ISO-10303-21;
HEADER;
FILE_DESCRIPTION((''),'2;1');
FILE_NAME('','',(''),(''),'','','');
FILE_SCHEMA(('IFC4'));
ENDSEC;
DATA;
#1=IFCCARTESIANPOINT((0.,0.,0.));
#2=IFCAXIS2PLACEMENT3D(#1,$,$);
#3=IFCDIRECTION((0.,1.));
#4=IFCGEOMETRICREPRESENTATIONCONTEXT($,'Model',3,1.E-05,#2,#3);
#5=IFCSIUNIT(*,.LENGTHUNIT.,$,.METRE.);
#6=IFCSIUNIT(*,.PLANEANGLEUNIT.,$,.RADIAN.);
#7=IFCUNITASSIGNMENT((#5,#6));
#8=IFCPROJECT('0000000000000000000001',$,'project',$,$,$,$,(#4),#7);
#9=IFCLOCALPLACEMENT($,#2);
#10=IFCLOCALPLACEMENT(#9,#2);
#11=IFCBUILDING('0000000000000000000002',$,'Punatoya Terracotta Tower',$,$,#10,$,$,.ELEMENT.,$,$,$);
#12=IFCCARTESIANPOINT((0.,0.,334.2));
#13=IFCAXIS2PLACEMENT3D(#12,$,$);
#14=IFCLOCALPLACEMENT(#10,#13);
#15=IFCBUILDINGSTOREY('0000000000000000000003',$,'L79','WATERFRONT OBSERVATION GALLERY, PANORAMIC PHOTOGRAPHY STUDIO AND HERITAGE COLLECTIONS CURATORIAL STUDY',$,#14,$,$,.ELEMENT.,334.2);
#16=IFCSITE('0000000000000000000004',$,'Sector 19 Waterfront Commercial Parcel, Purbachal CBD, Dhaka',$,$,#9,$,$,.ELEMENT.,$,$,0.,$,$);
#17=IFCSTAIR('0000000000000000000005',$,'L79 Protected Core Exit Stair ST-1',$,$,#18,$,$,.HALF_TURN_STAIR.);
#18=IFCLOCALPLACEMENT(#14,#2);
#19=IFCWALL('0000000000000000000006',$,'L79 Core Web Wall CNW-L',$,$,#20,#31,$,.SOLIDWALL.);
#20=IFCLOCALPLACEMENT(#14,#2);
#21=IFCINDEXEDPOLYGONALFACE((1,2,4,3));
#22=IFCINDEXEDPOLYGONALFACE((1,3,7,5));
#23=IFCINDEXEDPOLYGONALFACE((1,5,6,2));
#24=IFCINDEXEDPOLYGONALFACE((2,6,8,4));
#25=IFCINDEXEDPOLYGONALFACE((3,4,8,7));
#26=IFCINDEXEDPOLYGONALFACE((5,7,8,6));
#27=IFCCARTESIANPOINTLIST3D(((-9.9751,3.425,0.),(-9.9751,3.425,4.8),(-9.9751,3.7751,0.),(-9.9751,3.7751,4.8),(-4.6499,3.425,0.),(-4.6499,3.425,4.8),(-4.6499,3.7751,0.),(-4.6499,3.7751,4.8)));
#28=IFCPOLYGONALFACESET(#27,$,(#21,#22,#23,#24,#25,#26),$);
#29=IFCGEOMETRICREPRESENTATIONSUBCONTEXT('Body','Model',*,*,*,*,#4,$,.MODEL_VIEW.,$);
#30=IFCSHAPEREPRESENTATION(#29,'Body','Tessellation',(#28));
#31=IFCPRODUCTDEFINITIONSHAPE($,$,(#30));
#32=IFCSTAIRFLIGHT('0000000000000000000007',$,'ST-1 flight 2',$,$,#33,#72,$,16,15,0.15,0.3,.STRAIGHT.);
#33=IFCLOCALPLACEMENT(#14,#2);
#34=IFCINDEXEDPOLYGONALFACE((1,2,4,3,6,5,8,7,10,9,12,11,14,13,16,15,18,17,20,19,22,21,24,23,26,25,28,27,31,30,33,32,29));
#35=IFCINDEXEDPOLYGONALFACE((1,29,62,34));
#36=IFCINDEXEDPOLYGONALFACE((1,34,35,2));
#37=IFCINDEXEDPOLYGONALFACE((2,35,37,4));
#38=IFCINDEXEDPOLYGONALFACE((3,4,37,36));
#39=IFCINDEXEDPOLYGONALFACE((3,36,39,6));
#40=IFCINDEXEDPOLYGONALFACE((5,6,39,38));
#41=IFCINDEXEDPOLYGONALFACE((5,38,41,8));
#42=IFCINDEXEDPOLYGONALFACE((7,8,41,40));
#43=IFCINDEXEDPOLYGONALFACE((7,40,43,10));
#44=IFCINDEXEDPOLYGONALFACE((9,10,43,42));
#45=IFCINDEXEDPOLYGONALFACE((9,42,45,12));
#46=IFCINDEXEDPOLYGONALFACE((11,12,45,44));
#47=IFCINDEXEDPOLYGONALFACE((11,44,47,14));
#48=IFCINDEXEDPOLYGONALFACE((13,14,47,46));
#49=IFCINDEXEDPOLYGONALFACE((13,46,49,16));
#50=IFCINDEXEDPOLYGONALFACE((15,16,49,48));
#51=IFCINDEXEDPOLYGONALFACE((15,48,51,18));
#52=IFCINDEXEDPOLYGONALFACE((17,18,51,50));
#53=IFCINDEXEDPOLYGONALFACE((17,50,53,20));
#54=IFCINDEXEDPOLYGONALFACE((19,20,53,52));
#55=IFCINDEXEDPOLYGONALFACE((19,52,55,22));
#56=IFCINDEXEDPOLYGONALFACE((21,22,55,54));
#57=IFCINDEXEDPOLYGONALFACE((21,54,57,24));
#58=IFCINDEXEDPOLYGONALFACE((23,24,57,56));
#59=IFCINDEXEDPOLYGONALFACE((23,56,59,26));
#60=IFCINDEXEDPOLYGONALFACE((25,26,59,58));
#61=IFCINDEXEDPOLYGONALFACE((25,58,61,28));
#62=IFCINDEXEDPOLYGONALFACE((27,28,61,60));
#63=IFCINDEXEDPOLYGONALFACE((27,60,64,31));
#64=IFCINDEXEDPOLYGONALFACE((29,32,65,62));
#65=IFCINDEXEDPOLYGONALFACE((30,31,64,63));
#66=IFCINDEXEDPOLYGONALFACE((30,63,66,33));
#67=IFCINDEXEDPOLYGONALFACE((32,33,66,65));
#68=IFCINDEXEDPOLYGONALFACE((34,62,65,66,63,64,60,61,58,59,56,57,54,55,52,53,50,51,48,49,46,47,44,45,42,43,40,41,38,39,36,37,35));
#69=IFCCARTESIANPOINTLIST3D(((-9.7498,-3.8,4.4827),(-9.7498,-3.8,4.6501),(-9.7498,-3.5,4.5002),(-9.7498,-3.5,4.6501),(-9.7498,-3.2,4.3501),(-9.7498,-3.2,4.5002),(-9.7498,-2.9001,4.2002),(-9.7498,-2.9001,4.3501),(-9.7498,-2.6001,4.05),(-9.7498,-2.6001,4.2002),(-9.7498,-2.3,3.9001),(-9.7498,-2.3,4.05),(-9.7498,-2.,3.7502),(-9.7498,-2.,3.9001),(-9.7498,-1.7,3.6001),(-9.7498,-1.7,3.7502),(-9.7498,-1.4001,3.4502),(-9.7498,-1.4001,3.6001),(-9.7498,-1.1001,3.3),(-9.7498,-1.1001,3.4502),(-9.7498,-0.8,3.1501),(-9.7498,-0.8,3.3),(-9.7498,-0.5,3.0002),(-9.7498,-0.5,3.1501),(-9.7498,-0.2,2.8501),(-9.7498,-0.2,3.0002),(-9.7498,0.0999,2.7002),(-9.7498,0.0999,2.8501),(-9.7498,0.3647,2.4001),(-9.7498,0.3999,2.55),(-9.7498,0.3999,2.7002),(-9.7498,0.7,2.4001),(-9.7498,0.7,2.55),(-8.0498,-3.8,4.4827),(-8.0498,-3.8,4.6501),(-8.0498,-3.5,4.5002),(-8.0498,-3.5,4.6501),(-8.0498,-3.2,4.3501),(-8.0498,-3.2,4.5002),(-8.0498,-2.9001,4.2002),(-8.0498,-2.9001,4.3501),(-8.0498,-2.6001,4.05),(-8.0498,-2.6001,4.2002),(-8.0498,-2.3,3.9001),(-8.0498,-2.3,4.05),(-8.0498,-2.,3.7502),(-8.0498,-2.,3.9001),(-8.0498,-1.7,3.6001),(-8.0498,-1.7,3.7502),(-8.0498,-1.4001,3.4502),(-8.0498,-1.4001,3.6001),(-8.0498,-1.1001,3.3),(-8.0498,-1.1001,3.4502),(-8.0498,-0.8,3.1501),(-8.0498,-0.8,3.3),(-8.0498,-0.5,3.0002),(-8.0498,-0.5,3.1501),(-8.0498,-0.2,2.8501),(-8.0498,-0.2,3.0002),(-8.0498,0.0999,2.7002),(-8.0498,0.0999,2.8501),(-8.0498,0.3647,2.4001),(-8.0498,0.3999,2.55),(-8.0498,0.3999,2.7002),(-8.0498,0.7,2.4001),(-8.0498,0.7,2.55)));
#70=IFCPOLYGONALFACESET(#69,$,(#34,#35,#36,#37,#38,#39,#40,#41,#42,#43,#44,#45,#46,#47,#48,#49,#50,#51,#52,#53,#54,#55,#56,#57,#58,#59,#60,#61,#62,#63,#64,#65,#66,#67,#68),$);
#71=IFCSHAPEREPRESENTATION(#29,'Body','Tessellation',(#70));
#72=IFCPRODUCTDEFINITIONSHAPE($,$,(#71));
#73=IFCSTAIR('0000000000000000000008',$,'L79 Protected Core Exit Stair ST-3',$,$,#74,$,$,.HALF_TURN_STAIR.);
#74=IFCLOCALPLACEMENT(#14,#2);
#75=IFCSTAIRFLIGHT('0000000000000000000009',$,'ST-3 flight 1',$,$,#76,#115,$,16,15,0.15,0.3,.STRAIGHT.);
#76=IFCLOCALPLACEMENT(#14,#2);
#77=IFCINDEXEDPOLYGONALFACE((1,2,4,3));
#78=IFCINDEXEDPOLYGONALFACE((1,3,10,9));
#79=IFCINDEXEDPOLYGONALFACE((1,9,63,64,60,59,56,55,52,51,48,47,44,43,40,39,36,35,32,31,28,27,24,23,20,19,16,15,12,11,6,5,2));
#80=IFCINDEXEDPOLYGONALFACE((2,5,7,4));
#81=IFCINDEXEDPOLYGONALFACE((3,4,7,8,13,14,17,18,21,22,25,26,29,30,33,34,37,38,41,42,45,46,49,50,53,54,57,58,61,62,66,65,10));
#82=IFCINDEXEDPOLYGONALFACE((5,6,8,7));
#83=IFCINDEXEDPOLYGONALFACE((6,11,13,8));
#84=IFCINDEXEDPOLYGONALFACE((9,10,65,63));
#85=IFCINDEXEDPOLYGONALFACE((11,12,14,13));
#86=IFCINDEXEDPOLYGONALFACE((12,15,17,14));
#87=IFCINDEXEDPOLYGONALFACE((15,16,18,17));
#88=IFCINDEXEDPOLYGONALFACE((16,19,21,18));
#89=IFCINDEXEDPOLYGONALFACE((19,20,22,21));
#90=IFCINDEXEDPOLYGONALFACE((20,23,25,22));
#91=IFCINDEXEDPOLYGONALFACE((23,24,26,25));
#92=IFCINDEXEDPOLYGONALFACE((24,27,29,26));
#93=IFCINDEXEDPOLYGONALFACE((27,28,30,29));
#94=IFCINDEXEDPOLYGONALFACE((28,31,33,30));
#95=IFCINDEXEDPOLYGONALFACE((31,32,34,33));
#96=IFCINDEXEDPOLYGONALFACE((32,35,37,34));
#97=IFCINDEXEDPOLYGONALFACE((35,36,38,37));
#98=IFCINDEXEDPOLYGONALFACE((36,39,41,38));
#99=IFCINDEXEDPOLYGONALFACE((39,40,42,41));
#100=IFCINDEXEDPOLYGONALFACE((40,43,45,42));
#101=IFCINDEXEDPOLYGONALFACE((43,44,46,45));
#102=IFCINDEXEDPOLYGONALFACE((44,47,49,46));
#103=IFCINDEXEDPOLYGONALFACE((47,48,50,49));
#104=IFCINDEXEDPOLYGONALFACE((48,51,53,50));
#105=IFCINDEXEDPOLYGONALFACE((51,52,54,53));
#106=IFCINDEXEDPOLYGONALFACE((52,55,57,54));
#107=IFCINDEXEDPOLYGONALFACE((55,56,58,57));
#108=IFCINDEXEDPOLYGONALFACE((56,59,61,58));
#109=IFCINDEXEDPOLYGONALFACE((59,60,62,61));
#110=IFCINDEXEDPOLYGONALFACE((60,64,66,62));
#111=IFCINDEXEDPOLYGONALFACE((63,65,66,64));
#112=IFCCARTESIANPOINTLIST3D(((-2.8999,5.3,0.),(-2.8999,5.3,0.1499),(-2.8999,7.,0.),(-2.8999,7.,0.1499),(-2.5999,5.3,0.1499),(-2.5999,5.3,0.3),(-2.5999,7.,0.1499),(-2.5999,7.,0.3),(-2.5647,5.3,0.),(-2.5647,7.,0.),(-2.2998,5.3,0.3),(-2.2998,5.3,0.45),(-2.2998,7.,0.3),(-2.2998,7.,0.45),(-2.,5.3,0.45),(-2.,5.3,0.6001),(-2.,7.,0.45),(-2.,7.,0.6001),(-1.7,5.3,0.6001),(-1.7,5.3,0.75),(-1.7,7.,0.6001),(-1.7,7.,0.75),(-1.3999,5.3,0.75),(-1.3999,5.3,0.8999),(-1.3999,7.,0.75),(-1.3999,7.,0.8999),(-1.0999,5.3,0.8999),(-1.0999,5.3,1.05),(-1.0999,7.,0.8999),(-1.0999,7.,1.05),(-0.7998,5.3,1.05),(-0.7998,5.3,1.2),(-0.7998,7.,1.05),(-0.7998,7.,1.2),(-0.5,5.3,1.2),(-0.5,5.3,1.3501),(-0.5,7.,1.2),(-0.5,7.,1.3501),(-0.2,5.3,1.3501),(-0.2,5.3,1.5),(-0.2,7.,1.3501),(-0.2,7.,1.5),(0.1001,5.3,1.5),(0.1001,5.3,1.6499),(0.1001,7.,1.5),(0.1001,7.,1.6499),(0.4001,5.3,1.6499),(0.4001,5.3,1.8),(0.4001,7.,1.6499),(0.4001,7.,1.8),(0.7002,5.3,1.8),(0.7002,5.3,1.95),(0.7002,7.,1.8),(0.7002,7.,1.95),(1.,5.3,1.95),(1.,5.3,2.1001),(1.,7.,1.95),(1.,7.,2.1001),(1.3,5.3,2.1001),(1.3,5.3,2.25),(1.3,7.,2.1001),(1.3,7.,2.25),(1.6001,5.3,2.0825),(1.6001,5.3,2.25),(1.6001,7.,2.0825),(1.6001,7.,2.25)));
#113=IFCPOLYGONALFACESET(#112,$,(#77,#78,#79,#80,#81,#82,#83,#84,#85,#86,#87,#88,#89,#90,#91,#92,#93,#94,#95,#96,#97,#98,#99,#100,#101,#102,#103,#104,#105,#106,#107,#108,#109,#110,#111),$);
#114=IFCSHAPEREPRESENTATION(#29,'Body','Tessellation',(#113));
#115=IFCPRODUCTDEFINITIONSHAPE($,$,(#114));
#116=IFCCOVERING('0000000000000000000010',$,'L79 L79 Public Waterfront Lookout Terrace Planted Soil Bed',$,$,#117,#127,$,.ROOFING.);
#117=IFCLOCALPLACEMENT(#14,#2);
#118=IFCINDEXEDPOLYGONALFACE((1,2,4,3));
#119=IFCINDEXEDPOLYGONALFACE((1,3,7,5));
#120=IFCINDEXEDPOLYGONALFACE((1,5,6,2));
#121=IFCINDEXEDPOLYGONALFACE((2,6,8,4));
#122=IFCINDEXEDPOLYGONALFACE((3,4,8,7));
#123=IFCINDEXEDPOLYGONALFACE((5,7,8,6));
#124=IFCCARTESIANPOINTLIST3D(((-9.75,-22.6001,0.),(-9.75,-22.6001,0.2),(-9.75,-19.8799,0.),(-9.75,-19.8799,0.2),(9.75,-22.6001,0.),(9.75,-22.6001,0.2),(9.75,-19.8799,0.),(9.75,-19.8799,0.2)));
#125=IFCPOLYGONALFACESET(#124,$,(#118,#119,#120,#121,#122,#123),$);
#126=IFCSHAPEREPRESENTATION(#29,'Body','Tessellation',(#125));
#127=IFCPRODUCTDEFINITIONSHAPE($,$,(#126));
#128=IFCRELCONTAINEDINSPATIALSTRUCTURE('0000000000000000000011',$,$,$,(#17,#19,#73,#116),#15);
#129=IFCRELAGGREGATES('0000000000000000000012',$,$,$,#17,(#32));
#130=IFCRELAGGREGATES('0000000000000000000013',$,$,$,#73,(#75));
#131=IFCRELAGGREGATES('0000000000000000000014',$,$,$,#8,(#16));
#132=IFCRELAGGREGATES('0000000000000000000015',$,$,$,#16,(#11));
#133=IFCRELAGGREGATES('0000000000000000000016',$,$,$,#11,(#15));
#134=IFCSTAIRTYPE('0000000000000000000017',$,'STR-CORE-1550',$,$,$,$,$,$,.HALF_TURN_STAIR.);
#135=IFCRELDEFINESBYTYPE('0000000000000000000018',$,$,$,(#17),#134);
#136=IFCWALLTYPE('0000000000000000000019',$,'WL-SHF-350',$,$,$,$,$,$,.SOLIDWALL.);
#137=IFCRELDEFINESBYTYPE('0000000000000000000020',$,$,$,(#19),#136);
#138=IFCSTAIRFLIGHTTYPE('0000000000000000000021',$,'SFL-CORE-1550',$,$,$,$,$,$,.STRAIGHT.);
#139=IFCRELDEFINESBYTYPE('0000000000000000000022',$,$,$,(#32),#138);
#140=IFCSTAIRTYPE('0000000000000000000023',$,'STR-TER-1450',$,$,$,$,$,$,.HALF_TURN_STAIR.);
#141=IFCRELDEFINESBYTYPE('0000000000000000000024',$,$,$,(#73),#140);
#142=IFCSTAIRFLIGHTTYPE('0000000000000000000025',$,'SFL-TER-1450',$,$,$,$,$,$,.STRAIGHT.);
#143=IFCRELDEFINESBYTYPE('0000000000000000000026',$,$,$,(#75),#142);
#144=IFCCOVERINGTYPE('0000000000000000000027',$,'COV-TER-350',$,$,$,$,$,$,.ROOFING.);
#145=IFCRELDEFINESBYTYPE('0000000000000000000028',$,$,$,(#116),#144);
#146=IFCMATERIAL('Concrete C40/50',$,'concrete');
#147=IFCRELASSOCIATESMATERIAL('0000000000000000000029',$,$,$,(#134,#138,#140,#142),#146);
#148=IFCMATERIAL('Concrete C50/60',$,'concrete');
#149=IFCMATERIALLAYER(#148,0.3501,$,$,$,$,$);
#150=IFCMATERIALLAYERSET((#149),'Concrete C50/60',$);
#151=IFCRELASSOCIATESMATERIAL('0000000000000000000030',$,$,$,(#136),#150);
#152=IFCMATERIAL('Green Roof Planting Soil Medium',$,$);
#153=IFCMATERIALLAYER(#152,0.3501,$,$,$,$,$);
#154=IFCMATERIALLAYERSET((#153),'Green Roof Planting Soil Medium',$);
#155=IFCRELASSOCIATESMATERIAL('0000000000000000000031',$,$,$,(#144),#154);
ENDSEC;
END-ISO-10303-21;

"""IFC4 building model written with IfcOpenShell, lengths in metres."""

from ifc_helpers import new_model, si_unit, direction, frame, frame_2d, origin, place, context, subcontext, project, spatial, polyline, rectangle, outline, extrude, material, layer, layer_set, type_object, element, aggregate, save


model = new_model("IFC4")

# Units and contexts
model_context = context("Model", 3, precision=1e-05, world=origin(), true_north=direction((0.0, 1.0)))
body_context = subcontext(model_context, "Body", "Model", "MODEL_VIEW")
ifc_project = project(units=[si_unit("LENGTHUNIT", "METRE"), si_unit("PLANEANGLEUNIT", "RADIAN")], contexts=[model_context])

# Site, building, storey
site_placement = place(None, origin())
site = spatial("IfcSite", under=ifc_project, at=site_placement, Name="Sector 19 Waterfront Commercial Parcel, Purbachal CBD, Dhaka", CompositionType="ELEMENT", RefElevation=0.0)
building_placement = place(site_placement, origin())
building = spatial("IfcBuilding", under=site, at=building_placement, Name="Punatoya Terracotta Tower", CompositionType="ELEMENT")
storey_placement = place(building_placement, frame((0.0, 0.0, 334.2)))
storey = spatial("IfcBuildingStorey", under=building, at=storey_placement, Name="L79", Description="WATERFRONT OBSERVATION GALLERY, PANORAMIC PHOTOGRAPHY STUDIO AND HERITAGE COLLECTIONS CURATORIAL STUDY", CompositionType="ELEMENT", Elevation=334.2)

# Shared definitions
ifc_material_1 = material(Name="Concrete C50/60", Category="concrete")

# Stair
ifc_material_2 = material(Name="Concrete C40/50", Category="concrete")
stair_type_1 = type_object("IfcStairType", Name="STR-CORE-1550", PredefinedType="HALF_TURN_STAIR", material=ifc_material_2)
stair_1_placement = place(storey_placement, origin())
stair_1 = element("IfcStair", 1, at=stair_1_placement, inside=storey, type_object=stair_type_1, Name="L79 Protected Core Exit Stair ST-1", PredefinedType="HALF_TURN_STAIR")

# Wall
ifc_layer_1 = layer(ifc_material_1, 0.3501)
ifc_layer_set_1 = layer_set([ifc_layer_1], Name="Concrete C50/60")
wall_type_1 = type_object("IfcWallType", Name="WL-SHF-350", PredefinedType="SOLIDWALL", material=ifc_layer_set_1)
wall_1_placement = place(storey_placement, frame((-9.9751, 3.6001, 0.0), z_axis=(0.0, 0.0, 1.0), x_axis=(1.0, 0.0, 0.0)))
element("IfcWall", 2, at=wall_1_placement, inside=storey, type_object=wall_type_1, Name="L79 Core Web Wall CNW-L", PredefinedType="SOLIDWALL", context=body_context, shape_type="SweptSolid", body=[
    extrude(rectangle(XDim=5.3252, YDim=0.3501, at=frame_2d((2.6626, 0.0))), origin(), (0.0, 0.0, 1.0), 4.8),
])

# Stair flight
stair_flight_type_1 = type_object("IfcStairFlightType", Name="SFL-CORE-1550", PredefinedType="STRAIGHT", material=ifc_material_2)
stair_flight_1_placement = place(storey_placement, frame((-8.8999, 0.7, 2.4001), z_axis=(0.0, 0.0, 1.0), x_axis=(0.0, -1.0, 0.0)))
stair_flight_1 = element("IfcStairFlight", 3, at=stair_flight_1_placement, type_object=stair_flight_type_1, Name="ST-1 flight 2", NumberOfRisers=16, NumberOfTreads=15, PredefinedType="STRAIGHT", RiserHeight=0.15, TreadLength=0.3, context=body_context, shape_type="SweptSolid", body=[
    extrude(outline(polyline([(0.0, 0.0), (0.0, 0.1499), (0.3, 0.1499), (0.3, 0.3), (0.6001, 0.3), (0.6001, 0.45), (0.8999, 0.45), (0.8999, 0.6001), (1.2, 0.6001), (1.2, 0.75), (1.5, 0.75), (1.5, 0.8999), (1.8, 0.8999), (1.8, 1.05), (2.1001, 1.05), (2.1001, 1.2), (2.3999, 1.2), (2.3999, 1.3501), (2.7, 1.3501), (2.7, 1.5), (3.0, 1.5), (3.0, 1.6499), (3.3, 1.6499), (3.3, 1.8), (3.6001, 1.8), (3.6001, 1.95), (3.8999, 1.95), (3.8999, 2.1001), (4.2, 2.1001), (4.2, 2.25), (4.5, 2.25), (4.5, 2.3999), (4.5, 2.0825), (0.3352, 0.0), (0.0, 0.0)])), frame((0.0, 0.8501, 0.0), z_axis=(0.0, -1.0, 0.0), x_axis=(1.0, 0.0, 0.0)), (0.0, 0.0, 1.0), 1.7),
])
aggregate(stair_1, [stair_flight_1])

# Stair, stair flight
stair_type_2 = type_object("IfcStairType", Name="STR-TER-1450", PredefinedType="HALF_TURN_STAIR", material=ifc_material_2)
stair_2_placement = place(storey_placement, origin())
stair_2 = element("IfcStair", 4, at=stair_2_placement, inside=storey, type_object=stair_type_2, Name="L79 Protected Core Exit Stair ST-3", PredefinedType="HALF_TURN_STAIR")
stair_flight_type_2 = type_object("IfcStairFlightType", Name="SFL-TER-1450", PredefinedType="STRAIGHT", material=ifc_material_2)
stair_flight_2_placement = place(storey_placement, frame((-2.8999, 6.1499, 0.0), z_axis=(0.0, 0.0, 1.0), x_axis=(1.0, 0.0, 0.0)))
stair_flight_2 = element("IfcStairFlight", 5, at=stair_flight_2_placement, type_object=stair_flight_type_2, Name="ST-3 flight 1", NumberOfRisers=16, NumberOfTreads=15, PredefinedType="STRAIGHT", RiserHeight=0.15, TreadLength=0.3, context=body_context, shape_type="SweptSolid", body=[
    extrude(outline(polyline([(0.0, 0.0), (0.0, 0.1499), (0.3, 0.1499), (0.3, 0.3), (0.6001, 0.3), (0.6001, 0.45), (0.8999, 0.45), (0.8999, 0.6001), (1.2, 0.6001), (1.2, 0.75), (1.5, 0.75), (1.5, 0.8999), (1.8, 0.8999), (1.8, 1.05), (2.1001, 1.05), (2.1001, 1.2), (2.3999, 1.2), (2.3999, 1.3501), (2.7, 1.3501), (2.7, 1.5), (3.0, 1.5), (3.0, 1.6499), (3.3, 1.6499), (3.3, 1.8), (3.6001, 1.8), (3.6001, 1.95), (3.8999, 1.95), (3.8999, 2.1001), (4.2, 2.1001), (4.2, 2.25), (4.5, 2.25), (4.5, 2.3999), (4.5, 2.0825), (0.3352, 0.0), (0.0, 0.0)])), frame((0.0, 0.8501, 0.0), z_axis=(0.0, -1.0, 0.0), x_axis=(1.0, 0.0, 0.0)), (0.0, 0.0, 1.0), 1.7),
])
aggregate(stair_2, [stair_flight_2])

# Covering
ifc_material_3 = material(Name="Green Roof Planting Soil Medium")
ifc_layer_2 = layer(ifc_material_3, 0.3501)
ifc_layer_set_2 = layer_set([ifc_layer_2], Name="Green Roof Planting Soil Medium")
covering_type = type_object("IfcCoveringType", Name="COV-TER-350", PredefinedType="ROOFING", material=ifc_layer_set_2)
covering_placement = place(storey_placement, origin())
element("IfcCovering", 6, at=covering_placement, inside=storey, type_object=covering_type, Name="L79 L79 Public Waterfront Lookout Terrace Planted Soil Bed", PredefinedType="ROOFING", context=body_context, shape_type="SweptSolid", body=[
    extrude(outline(polyline([(-9.75, -22.6001), (9.75, -22.6001), (9.75, -19.8799), (-9.75, -19.8799), (-9.75, -22.6001)])), origin(), (0.0, 0.0, 1.0), 0.2),
])

save(model, "model.ifc")
